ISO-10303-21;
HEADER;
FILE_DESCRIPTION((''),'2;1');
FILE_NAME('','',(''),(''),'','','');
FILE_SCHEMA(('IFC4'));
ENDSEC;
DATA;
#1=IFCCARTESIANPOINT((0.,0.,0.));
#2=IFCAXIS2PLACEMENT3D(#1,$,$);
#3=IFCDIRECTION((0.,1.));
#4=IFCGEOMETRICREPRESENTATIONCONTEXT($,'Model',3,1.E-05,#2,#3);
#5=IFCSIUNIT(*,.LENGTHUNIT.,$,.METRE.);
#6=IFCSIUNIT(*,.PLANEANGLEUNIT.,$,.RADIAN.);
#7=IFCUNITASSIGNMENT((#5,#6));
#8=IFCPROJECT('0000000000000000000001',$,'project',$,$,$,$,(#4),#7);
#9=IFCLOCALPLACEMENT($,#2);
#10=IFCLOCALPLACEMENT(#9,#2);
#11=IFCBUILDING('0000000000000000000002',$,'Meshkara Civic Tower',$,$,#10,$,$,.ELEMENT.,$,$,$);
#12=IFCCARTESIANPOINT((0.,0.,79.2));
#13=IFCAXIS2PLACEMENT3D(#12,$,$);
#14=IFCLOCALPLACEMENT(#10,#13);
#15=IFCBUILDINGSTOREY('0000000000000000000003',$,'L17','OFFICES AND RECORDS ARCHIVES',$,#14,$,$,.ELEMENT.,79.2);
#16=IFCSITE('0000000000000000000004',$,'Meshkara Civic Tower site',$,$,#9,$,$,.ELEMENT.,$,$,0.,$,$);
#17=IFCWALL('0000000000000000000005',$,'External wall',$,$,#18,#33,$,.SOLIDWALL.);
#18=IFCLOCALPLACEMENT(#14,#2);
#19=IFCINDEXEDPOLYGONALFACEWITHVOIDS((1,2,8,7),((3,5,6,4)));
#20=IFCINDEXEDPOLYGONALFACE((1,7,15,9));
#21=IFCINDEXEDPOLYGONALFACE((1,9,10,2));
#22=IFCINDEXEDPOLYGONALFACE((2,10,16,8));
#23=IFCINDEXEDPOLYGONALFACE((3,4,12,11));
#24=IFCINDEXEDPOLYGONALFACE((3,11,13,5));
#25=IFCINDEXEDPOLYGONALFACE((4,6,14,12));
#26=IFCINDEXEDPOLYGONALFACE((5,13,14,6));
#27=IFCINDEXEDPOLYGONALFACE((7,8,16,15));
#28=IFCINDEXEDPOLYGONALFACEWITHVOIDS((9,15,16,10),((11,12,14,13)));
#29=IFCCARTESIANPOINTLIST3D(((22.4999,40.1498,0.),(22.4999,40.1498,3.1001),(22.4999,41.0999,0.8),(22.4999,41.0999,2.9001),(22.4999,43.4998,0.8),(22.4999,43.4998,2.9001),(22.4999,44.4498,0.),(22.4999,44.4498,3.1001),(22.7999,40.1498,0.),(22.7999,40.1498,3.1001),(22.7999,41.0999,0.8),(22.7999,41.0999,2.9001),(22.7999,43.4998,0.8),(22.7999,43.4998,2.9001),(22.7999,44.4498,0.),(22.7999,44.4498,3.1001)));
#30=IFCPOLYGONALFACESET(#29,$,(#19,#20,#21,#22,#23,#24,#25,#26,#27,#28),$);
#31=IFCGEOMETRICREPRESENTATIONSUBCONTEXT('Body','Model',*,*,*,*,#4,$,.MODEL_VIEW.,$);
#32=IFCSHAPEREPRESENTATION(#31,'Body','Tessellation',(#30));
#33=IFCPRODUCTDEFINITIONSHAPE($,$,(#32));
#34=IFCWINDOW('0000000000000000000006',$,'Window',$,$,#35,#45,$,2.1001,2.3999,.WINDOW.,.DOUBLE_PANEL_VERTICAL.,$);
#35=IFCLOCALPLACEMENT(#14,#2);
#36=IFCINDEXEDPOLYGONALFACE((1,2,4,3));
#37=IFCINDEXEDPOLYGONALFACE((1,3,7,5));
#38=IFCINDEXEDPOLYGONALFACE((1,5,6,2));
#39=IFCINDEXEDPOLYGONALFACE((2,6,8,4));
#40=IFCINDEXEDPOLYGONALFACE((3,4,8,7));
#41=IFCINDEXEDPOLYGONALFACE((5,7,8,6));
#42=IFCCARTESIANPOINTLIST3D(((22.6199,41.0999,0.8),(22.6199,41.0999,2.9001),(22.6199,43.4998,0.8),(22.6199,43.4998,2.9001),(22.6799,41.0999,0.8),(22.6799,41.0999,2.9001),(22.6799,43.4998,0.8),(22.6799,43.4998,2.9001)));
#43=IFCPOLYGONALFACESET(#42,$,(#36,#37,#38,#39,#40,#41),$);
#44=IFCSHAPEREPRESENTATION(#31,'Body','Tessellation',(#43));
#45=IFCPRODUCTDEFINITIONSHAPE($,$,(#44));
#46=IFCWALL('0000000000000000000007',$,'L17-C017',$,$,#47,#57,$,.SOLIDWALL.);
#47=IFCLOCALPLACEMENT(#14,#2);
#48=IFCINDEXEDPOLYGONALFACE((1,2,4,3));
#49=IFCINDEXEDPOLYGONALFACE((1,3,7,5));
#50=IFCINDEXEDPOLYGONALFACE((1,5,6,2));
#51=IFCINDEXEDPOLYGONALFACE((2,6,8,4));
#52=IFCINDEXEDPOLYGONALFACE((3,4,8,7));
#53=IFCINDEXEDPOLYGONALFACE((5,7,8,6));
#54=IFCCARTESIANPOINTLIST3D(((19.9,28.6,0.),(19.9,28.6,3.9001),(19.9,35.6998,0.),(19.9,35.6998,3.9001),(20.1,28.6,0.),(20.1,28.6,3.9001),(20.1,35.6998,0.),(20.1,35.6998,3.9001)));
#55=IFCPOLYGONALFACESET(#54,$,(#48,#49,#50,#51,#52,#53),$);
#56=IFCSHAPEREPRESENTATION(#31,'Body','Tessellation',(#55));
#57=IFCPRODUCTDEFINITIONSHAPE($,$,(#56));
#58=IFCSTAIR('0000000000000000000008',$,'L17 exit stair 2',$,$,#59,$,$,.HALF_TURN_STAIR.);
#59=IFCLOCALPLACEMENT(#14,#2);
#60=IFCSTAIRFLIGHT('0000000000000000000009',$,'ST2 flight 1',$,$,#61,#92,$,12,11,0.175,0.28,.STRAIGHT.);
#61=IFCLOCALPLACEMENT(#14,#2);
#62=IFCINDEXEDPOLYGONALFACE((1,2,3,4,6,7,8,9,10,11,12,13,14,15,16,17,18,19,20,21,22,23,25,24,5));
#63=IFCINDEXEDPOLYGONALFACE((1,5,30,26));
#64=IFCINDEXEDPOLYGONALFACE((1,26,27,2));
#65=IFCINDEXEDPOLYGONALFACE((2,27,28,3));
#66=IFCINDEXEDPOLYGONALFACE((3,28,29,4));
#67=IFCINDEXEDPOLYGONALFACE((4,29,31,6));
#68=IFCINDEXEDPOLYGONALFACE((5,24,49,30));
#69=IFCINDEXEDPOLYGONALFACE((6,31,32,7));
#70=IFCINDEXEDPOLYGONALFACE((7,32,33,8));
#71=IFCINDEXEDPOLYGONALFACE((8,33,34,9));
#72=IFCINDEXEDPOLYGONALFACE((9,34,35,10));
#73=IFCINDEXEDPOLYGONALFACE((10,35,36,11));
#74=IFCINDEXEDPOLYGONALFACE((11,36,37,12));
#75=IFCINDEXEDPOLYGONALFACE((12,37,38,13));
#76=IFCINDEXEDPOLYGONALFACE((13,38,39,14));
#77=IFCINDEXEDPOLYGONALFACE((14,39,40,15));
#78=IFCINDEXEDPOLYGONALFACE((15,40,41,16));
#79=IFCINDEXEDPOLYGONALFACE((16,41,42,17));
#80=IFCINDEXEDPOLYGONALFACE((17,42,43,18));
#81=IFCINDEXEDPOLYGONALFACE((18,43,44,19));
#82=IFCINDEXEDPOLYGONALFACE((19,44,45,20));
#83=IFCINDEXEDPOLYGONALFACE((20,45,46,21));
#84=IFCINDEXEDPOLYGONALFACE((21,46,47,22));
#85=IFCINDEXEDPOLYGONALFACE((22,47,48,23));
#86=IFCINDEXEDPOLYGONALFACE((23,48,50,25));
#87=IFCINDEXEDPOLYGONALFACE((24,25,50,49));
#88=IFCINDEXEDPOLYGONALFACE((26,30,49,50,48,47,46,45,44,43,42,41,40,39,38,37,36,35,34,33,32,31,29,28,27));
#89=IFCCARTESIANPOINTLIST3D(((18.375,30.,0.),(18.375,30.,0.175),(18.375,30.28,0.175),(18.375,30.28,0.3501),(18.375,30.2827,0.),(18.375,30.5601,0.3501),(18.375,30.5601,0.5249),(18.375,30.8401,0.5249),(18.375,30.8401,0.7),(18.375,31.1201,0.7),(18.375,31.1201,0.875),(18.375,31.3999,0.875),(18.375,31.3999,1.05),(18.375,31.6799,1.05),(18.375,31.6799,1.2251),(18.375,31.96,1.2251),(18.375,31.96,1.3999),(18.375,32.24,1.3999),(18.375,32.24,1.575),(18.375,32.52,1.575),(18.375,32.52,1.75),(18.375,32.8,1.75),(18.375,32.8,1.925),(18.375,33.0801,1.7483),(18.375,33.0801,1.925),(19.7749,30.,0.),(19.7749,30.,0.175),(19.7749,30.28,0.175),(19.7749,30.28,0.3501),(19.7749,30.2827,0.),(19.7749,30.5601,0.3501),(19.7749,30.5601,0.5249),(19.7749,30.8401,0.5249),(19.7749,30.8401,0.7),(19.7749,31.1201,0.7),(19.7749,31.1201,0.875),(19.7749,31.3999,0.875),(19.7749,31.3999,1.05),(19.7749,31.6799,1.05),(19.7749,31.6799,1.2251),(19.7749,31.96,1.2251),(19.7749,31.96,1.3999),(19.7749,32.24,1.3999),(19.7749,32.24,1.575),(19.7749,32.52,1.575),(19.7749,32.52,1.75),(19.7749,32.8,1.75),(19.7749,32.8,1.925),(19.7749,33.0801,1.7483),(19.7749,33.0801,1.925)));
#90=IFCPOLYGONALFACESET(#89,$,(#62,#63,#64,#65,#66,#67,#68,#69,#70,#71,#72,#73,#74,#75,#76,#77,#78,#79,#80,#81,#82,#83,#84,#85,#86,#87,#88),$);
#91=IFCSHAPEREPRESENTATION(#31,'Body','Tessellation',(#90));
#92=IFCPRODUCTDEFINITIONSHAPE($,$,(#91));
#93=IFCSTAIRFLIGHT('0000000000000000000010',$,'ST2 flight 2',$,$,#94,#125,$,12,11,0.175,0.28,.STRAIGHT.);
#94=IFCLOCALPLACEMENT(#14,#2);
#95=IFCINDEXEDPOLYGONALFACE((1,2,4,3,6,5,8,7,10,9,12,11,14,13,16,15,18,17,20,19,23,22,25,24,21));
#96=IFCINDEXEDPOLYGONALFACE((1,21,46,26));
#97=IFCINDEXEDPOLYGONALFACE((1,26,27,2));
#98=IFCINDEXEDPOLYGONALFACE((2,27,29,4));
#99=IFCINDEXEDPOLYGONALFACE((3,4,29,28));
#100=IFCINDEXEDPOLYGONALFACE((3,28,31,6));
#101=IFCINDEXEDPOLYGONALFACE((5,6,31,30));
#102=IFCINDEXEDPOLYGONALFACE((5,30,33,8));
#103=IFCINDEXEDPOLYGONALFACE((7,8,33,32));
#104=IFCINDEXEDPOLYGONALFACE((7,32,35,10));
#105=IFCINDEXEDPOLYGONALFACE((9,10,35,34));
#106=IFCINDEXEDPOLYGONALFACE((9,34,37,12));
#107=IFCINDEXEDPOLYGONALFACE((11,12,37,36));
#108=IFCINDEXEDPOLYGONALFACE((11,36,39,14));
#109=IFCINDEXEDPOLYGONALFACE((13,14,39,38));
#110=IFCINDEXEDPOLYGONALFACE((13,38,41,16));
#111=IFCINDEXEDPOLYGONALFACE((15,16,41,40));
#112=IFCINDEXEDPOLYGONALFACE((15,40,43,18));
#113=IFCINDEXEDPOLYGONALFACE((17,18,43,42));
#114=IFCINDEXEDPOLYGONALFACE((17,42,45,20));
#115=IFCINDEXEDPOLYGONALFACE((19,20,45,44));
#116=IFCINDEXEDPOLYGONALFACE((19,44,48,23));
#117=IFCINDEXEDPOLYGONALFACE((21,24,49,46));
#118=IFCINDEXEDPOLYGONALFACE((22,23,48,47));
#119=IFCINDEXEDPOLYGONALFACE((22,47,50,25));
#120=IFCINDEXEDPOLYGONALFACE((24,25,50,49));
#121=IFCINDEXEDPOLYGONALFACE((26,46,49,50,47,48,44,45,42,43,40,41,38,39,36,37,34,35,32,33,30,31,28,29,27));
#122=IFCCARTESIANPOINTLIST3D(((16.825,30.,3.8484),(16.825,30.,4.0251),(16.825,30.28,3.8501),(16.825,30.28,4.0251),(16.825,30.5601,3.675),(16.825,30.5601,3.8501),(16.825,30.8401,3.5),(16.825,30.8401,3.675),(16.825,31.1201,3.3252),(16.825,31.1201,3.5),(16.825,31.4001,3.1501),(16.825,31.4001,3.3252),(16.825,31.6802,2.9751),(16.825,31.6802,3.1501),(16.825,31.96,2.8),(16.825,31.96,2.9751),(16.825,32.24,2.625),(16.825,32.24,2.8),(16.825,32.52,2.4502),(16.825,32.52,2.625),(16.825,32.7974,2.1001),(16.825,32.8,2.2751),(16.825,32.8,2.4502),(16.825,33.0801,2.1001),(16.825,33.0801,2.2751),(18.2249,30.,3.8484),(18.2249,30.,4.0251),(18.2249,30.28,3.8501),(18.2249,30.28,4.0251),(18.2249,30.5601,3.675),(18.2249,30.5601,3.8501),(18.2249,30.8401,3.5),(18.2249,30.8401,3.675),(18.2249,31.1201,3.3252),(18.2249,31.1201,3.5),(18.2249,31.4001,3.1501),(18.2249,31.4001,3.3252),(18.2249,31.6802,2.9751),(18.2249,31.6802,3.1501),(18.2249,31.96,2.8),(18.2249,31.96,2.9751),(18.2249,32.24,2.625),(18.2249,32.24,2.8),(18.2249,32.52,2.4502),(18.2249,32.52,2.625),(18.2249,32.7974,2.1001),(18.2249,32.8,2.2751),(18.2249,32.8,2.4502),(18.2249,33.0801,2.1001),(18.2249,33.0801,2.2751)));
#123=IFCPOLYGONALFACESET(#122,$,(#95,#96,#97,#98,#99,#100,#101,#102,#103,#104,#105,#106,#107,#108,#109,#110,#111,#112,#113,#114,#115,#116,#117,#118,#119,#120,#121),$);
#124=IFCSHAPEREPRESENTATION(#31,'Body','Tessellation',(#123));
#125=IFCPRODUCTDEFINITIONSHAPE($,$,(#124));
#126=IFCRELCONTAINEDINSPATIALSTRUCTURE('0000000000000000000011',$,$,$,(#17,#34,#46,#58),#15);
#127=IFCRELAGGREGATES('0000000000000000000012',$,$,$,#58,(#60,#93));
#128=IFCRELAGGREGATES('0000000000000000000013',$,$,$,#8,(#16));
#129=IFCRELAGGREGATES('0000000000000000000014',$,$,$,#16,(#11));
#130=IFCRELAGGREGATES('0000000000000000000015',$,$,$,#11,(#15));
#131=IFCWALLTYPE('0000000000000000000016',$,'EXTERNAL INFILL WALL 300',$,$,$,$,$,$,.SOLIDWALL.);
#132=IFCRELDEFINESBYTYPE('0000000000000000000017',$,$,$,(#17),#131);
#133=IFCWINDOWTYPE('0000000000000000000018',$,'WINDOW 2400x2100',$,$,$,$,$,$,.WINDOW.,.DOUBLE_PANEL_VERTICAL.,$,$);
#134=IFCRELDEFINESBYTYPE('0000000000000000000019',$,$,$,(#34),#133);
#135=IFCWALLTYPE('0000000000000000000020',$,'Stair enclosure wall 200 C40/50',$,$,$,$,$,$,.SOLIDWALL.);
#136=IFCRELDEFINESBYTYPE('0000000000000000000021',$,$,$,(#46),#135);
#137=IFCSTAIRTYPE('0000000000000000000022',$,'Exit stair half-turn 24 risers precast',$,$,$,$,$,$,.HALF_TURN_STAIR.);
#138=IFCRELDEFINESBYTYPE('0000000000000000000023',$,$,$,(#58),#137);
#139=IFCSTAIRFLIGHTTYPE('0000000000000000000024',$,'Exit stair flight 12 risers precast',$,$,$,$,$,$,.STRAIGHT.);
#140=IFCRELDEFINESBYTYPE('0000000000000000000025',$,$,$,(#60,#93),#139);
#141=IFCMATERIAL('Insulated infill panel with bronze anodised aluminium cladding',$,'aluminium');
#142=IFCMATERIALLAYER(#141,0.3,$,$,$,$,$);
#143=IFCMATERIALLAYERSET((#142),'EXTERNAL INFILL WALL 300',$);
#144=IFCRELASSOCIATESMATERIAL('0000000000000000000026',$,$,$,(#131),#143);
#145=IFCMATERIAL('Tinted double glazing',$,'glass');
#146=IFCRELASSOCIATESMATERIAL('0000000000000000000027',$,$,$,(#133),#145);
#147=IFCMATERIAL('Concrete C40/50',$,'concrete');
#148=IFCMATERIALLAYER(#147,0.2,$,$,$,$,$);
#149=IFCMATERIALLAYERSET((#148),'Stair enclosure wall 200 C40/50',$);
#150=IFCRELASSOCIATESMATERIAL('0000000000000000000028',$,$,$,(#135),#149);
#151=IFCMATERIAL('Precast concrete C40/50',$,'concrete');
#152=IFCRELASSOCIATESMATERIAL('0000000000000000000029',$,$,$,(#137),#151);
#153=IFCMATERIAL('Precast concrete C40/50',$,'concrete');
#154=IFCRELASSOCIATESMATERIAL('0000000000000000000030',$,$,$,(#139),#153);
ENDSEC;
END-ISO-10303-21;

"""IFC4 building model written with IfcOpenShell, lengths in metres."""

from ifc_helpers import new_model, si_unit, direction, frame, frame_2d, origin, place, context, subcontext, project, spatial, polyline, rectangle, outline, extrude, material, layer, layer_set, type_object, element, fill, aggregate, save


model = new_model("IFC4")

# Units and contexts
model_context = context("Model", 3, precision=1e-05, world=origin(), true_north=direction((0.0, 1.0)))
body_context = subcontext(model_context, "Body", "Model", "MODEL_VIEW")
ifc_project = project(units=[si_unit("LENGTHUNIT", "METRE"), si_unit("PLANEANGLEUNIT", "RADIAN")], contexts=[model_context])

# Site, building, storey
site_placement = place(None, origin())
site = spatial("IfcSite", under=ifc_project, at=site_placement, Name="Meshkara Civic Tower site", CompositionType="ELEMENT", RefElevation=0.0)
building_placement = place(site_placement, origin())
building = spatial("IfcBuilding", under=site, at=building_placement, Name="Meshkara Civic Tower", CompositionType="ELEMENT")
storey_placement = place(building_placement, frame((0.0, 0.0, 79.2)))
storey = spatial("IfcBuildingStorey", under=building, at=storey_placement, Name="L17", Description="OFFICES AND RECORDS ARCHIVES", CompositionType="ELEMENT", Elevation=79.2)

# Wall, opening, window
ifc_material_1 = material(Name="Insulated infill panel with bronze anodised aluminium cladding", Category="aluminium")
ifc_layer_1 = layer(ifc_material_1, 0.3)
ifc_layer_set_1 = layer_set([ifc_layer_1], Name="EXTERNAL INFILL WALL 300")
wall_type_1 = type_object("IfcWallType", Name="EXTERNAL INFILL WALL 300", PredefinedType="SOLIDWALL", material=ifc_layer_set_1)
ifc_material_2 = material(Name="Tinted double glazing", Category="glass")
window_type_1 = type_object("IfcWindowType", Name="WINDOW 2400x2100", PartitioningType="DOUBLE_PANEL_VERTICAL", PredefinedType="WINDOW", material=ifc_material_2)
wall_1_placement = place(storey_placement, frame((22.6499, 40.1499, 0.0), z_axis=(0.0, 0.0, 1.0), x_axis=(0.0, 1.0, 0.0)))
wall_1 = element("IfcWall", 1, at=wall_1_placement, inside=storey, type_object=wall_type_1, Name="External wall", PredefinedType="SOLIDWALL", context=body_context, shape_type="SweptSolid", body=[
    extrude(rectangle(XDim=4.3, YDim=0.3, at=frame_2d((2.1499, 0.0))), origin(), (0.0, 0.0, 1.0), 3.1001),
])
opening_1_placement = place(wall_1_placement, frame((0.95, 0.0, 0.8)))
opening_1 = element("IfcOpeningElement", 2, at=opening_1_placement, cuts=wall_1, PredefinedType="OPENING", context=body_context, shape_type="SweptSolid", body=[
    extrude(rectangle(XDim=2.3999, YDim=2.1001, at=frame_2d((1.2, 1.05))), frame((0.0, 0.1599, 0.0), z_axis=(0.0, -1.0, 0.0), x_axis=(1.0, 0.0, 0.0)), (0.0, 0.0, 1.0), 0.3201),
])
window_1_placement = place(opening_1_placement, origin())
window_1 = element("IfcWindow", 3, at=window_1_placement, inside=storey, type_object=window_type_1, Name="Window", OverallHeight=2.1001, OverallWidth=2.3999, PartitioningType="DOUBLE_PANEL_VERTICAL", PredefinedType="WINDOW", context=body_context, shape_type="SweptSolid", body=[
    extrude(rectangle(XDim=2.3999, YDim=2.1001, at=frame_2d((1.2, 1.05))), frame((0.0, 0.03, 0.0), z_axis=(0.0, -1.0, 0.0), x_axis=(1.0, 0.0, 0.0)), (0.0, 0.0, 1.0), 0.0601),
])
fill(opening_1, window_1)

# Wall
ifc_material_3 = material(Name="Concrete C40/50", Category="concrete")
ifc_layer_2 = layer(ifc_material_3, 0.2)
ifc_layer_set_2 = layer_set([ifc_layer_2], Name="Stair enclosure wall 200 C40/50")
wall_type_2 = type_object("IfcWallType", Name="Stair enclosure wall 200 C40/50", PredefinedType="SOLIDWALL", material=ifc_layer_set_2)
wall_2_placement = place(storey_placement, frame((20.0, 28.6001, 0.0), z_axis=(0.0, 0.0, 1.0), x_axis=(0.0, 1.0, 0.0)))
element("IfcWall", 4, at=wall_2_placement, inside=storey, type_object=wall_type_2, Name="L17-C017", PredefinedType="SOLIDWALL", context=body_context, shape_type="SweptSolid", body=[
    extrude(rectangle(XDim=7.0999, YDim=0.2, at=frame_2d((3.5498, 0.0))), origin(), (0.0, 0.0, 1.0), 3.9001),
])

# Stair, stair flights
ifc_material_4 = material(Name="Precast concrete C40/50", Category="concrete")
stair_type = type_object("IfcStairType", Name="Exit stair half-turn 24 risers precast", PredefinedType="HALF_TURN_STAIR", material=ifc_material_4)
stair_placement = place(storey_placement, origin())
stair = element("IfcStair", 5, at=stair_placement, inside=storey, type_object=stair_type, Name="L17 exit stair 2", PredefinedType="HALF_TURN_STAIR")
ifc_material_5 = material(Name="Precast concrete C40/50", Category="concrete")
stair_flight_type = type_object("IfcStairFlightType", Name="Exit stair flight 12 risers precast", PredefinedType="STRAIGHT", material=ifc_material_5)
stair_flight_1_placement = place(storey_placement, frame((19.075, 30.0, 0.0), z_axis=(0.0, 0.0, 1.0), x_axis=(0.0, 1.0, 0.0)))
stair_flight_1 = element("IfcStairFlight", 6, at=stair_flight_1_placement, type_object=stair_flight_type, Name="ST2 flight 1", NumberOfRisers=12, NumberOfTreads=11, PredefinedType="STRAIGHT", RiserHeight=0.175, TreadLength=0.28, context=body_context, shape_type="SweptSolid", body=[
    extrude(outline(polyline([(0.0, 0.0), (0.0, 0.175), (0.28, 0.175), (0.28, 0.3501), (0.5601, 0.3501), (0.5601, 0.5249), (0.8401, 0.5249), (0.8401, 0.7), (1.1201, 0.7), (1.1201, 0.875), (1.3999, 0.875), (1.3999, 1.05), (1.6799, 1.05), (1.6799, 1.2251), (1.96, 1.2251), (1.96, 1.3999), (2.24, 1.3999), (2.24, 1.575), (2.52, 1.575), (2.52, 1.75), (2.8, 1.75), (2.8, 1.925), (3.0801, 1.925), (3.0801, 2.1001), (3.0801, 1.7483), (0.2827, 0.0), (0.0, 0.0)])), frame((0.0, 0.7, 0.0), z_axis=(0.0, -1.0, 0.0), x_axis=(1.0, 0.0, 0.0)), (0.0, 0.0, 1.0), 1.3999),
])
stair_flight_2_placement = place(storey_placement, frame((17.5249, 33.0801, 2.1001), z_axis=(0.0, 0.0, 1.0), x_axis=(0.0, -1.0, 0.0)))
stair_flight_2 = element("IfcStairFlight", 7, at=stair_flight_2_placement, type_object=stair_flight_type, Name="ST2 flight 2", NumberOfRisers=12, NumberOfTreads=11, PredefinedType="STRAIGHT", RiserHeight=0.175, TreadLength=0.28, context=body_context, shape_type="SweptSolid", body=[
    extrude(outline(polyline([(0.0, 0.0), (0.0, 0.175), (0.28, 0.175), (0.28, 0.3501), (0.5601, 0.3501), (0.5601, 0.5249), (0.8401, 0.5249), (0.8401, 0.7), (1.1201, 0.7), (1.1201, 0.875), (1.3999, 0.875), (1.3999, 1.05), (1.6799, 1.05), (1.6799, 1.2251), (1.96, 1.2251), (1.96, 1.3999), (2.24, 1.3999), (2.24, 1.575), (2.52, 1.575), (2.52, 1.75), (2.8, 1.75), (2.8, 1.925), (3.0801, 1.925), (3.0801, 2.1001), (3.0801, 1.7483), (0.2827, 0.0), (0.0, 0.0)])), frame((0.0, 0.7, 0.0), z_axis=(0.0, -1.0, 0.0), x_axis=(1.0, 0.0, 0.0)), (0.0, 0.0, 1.0), 1.3999),
])
aggregate(stair, [stair_flight_1, stair_flight_2])

save(model, "model.ifc")
